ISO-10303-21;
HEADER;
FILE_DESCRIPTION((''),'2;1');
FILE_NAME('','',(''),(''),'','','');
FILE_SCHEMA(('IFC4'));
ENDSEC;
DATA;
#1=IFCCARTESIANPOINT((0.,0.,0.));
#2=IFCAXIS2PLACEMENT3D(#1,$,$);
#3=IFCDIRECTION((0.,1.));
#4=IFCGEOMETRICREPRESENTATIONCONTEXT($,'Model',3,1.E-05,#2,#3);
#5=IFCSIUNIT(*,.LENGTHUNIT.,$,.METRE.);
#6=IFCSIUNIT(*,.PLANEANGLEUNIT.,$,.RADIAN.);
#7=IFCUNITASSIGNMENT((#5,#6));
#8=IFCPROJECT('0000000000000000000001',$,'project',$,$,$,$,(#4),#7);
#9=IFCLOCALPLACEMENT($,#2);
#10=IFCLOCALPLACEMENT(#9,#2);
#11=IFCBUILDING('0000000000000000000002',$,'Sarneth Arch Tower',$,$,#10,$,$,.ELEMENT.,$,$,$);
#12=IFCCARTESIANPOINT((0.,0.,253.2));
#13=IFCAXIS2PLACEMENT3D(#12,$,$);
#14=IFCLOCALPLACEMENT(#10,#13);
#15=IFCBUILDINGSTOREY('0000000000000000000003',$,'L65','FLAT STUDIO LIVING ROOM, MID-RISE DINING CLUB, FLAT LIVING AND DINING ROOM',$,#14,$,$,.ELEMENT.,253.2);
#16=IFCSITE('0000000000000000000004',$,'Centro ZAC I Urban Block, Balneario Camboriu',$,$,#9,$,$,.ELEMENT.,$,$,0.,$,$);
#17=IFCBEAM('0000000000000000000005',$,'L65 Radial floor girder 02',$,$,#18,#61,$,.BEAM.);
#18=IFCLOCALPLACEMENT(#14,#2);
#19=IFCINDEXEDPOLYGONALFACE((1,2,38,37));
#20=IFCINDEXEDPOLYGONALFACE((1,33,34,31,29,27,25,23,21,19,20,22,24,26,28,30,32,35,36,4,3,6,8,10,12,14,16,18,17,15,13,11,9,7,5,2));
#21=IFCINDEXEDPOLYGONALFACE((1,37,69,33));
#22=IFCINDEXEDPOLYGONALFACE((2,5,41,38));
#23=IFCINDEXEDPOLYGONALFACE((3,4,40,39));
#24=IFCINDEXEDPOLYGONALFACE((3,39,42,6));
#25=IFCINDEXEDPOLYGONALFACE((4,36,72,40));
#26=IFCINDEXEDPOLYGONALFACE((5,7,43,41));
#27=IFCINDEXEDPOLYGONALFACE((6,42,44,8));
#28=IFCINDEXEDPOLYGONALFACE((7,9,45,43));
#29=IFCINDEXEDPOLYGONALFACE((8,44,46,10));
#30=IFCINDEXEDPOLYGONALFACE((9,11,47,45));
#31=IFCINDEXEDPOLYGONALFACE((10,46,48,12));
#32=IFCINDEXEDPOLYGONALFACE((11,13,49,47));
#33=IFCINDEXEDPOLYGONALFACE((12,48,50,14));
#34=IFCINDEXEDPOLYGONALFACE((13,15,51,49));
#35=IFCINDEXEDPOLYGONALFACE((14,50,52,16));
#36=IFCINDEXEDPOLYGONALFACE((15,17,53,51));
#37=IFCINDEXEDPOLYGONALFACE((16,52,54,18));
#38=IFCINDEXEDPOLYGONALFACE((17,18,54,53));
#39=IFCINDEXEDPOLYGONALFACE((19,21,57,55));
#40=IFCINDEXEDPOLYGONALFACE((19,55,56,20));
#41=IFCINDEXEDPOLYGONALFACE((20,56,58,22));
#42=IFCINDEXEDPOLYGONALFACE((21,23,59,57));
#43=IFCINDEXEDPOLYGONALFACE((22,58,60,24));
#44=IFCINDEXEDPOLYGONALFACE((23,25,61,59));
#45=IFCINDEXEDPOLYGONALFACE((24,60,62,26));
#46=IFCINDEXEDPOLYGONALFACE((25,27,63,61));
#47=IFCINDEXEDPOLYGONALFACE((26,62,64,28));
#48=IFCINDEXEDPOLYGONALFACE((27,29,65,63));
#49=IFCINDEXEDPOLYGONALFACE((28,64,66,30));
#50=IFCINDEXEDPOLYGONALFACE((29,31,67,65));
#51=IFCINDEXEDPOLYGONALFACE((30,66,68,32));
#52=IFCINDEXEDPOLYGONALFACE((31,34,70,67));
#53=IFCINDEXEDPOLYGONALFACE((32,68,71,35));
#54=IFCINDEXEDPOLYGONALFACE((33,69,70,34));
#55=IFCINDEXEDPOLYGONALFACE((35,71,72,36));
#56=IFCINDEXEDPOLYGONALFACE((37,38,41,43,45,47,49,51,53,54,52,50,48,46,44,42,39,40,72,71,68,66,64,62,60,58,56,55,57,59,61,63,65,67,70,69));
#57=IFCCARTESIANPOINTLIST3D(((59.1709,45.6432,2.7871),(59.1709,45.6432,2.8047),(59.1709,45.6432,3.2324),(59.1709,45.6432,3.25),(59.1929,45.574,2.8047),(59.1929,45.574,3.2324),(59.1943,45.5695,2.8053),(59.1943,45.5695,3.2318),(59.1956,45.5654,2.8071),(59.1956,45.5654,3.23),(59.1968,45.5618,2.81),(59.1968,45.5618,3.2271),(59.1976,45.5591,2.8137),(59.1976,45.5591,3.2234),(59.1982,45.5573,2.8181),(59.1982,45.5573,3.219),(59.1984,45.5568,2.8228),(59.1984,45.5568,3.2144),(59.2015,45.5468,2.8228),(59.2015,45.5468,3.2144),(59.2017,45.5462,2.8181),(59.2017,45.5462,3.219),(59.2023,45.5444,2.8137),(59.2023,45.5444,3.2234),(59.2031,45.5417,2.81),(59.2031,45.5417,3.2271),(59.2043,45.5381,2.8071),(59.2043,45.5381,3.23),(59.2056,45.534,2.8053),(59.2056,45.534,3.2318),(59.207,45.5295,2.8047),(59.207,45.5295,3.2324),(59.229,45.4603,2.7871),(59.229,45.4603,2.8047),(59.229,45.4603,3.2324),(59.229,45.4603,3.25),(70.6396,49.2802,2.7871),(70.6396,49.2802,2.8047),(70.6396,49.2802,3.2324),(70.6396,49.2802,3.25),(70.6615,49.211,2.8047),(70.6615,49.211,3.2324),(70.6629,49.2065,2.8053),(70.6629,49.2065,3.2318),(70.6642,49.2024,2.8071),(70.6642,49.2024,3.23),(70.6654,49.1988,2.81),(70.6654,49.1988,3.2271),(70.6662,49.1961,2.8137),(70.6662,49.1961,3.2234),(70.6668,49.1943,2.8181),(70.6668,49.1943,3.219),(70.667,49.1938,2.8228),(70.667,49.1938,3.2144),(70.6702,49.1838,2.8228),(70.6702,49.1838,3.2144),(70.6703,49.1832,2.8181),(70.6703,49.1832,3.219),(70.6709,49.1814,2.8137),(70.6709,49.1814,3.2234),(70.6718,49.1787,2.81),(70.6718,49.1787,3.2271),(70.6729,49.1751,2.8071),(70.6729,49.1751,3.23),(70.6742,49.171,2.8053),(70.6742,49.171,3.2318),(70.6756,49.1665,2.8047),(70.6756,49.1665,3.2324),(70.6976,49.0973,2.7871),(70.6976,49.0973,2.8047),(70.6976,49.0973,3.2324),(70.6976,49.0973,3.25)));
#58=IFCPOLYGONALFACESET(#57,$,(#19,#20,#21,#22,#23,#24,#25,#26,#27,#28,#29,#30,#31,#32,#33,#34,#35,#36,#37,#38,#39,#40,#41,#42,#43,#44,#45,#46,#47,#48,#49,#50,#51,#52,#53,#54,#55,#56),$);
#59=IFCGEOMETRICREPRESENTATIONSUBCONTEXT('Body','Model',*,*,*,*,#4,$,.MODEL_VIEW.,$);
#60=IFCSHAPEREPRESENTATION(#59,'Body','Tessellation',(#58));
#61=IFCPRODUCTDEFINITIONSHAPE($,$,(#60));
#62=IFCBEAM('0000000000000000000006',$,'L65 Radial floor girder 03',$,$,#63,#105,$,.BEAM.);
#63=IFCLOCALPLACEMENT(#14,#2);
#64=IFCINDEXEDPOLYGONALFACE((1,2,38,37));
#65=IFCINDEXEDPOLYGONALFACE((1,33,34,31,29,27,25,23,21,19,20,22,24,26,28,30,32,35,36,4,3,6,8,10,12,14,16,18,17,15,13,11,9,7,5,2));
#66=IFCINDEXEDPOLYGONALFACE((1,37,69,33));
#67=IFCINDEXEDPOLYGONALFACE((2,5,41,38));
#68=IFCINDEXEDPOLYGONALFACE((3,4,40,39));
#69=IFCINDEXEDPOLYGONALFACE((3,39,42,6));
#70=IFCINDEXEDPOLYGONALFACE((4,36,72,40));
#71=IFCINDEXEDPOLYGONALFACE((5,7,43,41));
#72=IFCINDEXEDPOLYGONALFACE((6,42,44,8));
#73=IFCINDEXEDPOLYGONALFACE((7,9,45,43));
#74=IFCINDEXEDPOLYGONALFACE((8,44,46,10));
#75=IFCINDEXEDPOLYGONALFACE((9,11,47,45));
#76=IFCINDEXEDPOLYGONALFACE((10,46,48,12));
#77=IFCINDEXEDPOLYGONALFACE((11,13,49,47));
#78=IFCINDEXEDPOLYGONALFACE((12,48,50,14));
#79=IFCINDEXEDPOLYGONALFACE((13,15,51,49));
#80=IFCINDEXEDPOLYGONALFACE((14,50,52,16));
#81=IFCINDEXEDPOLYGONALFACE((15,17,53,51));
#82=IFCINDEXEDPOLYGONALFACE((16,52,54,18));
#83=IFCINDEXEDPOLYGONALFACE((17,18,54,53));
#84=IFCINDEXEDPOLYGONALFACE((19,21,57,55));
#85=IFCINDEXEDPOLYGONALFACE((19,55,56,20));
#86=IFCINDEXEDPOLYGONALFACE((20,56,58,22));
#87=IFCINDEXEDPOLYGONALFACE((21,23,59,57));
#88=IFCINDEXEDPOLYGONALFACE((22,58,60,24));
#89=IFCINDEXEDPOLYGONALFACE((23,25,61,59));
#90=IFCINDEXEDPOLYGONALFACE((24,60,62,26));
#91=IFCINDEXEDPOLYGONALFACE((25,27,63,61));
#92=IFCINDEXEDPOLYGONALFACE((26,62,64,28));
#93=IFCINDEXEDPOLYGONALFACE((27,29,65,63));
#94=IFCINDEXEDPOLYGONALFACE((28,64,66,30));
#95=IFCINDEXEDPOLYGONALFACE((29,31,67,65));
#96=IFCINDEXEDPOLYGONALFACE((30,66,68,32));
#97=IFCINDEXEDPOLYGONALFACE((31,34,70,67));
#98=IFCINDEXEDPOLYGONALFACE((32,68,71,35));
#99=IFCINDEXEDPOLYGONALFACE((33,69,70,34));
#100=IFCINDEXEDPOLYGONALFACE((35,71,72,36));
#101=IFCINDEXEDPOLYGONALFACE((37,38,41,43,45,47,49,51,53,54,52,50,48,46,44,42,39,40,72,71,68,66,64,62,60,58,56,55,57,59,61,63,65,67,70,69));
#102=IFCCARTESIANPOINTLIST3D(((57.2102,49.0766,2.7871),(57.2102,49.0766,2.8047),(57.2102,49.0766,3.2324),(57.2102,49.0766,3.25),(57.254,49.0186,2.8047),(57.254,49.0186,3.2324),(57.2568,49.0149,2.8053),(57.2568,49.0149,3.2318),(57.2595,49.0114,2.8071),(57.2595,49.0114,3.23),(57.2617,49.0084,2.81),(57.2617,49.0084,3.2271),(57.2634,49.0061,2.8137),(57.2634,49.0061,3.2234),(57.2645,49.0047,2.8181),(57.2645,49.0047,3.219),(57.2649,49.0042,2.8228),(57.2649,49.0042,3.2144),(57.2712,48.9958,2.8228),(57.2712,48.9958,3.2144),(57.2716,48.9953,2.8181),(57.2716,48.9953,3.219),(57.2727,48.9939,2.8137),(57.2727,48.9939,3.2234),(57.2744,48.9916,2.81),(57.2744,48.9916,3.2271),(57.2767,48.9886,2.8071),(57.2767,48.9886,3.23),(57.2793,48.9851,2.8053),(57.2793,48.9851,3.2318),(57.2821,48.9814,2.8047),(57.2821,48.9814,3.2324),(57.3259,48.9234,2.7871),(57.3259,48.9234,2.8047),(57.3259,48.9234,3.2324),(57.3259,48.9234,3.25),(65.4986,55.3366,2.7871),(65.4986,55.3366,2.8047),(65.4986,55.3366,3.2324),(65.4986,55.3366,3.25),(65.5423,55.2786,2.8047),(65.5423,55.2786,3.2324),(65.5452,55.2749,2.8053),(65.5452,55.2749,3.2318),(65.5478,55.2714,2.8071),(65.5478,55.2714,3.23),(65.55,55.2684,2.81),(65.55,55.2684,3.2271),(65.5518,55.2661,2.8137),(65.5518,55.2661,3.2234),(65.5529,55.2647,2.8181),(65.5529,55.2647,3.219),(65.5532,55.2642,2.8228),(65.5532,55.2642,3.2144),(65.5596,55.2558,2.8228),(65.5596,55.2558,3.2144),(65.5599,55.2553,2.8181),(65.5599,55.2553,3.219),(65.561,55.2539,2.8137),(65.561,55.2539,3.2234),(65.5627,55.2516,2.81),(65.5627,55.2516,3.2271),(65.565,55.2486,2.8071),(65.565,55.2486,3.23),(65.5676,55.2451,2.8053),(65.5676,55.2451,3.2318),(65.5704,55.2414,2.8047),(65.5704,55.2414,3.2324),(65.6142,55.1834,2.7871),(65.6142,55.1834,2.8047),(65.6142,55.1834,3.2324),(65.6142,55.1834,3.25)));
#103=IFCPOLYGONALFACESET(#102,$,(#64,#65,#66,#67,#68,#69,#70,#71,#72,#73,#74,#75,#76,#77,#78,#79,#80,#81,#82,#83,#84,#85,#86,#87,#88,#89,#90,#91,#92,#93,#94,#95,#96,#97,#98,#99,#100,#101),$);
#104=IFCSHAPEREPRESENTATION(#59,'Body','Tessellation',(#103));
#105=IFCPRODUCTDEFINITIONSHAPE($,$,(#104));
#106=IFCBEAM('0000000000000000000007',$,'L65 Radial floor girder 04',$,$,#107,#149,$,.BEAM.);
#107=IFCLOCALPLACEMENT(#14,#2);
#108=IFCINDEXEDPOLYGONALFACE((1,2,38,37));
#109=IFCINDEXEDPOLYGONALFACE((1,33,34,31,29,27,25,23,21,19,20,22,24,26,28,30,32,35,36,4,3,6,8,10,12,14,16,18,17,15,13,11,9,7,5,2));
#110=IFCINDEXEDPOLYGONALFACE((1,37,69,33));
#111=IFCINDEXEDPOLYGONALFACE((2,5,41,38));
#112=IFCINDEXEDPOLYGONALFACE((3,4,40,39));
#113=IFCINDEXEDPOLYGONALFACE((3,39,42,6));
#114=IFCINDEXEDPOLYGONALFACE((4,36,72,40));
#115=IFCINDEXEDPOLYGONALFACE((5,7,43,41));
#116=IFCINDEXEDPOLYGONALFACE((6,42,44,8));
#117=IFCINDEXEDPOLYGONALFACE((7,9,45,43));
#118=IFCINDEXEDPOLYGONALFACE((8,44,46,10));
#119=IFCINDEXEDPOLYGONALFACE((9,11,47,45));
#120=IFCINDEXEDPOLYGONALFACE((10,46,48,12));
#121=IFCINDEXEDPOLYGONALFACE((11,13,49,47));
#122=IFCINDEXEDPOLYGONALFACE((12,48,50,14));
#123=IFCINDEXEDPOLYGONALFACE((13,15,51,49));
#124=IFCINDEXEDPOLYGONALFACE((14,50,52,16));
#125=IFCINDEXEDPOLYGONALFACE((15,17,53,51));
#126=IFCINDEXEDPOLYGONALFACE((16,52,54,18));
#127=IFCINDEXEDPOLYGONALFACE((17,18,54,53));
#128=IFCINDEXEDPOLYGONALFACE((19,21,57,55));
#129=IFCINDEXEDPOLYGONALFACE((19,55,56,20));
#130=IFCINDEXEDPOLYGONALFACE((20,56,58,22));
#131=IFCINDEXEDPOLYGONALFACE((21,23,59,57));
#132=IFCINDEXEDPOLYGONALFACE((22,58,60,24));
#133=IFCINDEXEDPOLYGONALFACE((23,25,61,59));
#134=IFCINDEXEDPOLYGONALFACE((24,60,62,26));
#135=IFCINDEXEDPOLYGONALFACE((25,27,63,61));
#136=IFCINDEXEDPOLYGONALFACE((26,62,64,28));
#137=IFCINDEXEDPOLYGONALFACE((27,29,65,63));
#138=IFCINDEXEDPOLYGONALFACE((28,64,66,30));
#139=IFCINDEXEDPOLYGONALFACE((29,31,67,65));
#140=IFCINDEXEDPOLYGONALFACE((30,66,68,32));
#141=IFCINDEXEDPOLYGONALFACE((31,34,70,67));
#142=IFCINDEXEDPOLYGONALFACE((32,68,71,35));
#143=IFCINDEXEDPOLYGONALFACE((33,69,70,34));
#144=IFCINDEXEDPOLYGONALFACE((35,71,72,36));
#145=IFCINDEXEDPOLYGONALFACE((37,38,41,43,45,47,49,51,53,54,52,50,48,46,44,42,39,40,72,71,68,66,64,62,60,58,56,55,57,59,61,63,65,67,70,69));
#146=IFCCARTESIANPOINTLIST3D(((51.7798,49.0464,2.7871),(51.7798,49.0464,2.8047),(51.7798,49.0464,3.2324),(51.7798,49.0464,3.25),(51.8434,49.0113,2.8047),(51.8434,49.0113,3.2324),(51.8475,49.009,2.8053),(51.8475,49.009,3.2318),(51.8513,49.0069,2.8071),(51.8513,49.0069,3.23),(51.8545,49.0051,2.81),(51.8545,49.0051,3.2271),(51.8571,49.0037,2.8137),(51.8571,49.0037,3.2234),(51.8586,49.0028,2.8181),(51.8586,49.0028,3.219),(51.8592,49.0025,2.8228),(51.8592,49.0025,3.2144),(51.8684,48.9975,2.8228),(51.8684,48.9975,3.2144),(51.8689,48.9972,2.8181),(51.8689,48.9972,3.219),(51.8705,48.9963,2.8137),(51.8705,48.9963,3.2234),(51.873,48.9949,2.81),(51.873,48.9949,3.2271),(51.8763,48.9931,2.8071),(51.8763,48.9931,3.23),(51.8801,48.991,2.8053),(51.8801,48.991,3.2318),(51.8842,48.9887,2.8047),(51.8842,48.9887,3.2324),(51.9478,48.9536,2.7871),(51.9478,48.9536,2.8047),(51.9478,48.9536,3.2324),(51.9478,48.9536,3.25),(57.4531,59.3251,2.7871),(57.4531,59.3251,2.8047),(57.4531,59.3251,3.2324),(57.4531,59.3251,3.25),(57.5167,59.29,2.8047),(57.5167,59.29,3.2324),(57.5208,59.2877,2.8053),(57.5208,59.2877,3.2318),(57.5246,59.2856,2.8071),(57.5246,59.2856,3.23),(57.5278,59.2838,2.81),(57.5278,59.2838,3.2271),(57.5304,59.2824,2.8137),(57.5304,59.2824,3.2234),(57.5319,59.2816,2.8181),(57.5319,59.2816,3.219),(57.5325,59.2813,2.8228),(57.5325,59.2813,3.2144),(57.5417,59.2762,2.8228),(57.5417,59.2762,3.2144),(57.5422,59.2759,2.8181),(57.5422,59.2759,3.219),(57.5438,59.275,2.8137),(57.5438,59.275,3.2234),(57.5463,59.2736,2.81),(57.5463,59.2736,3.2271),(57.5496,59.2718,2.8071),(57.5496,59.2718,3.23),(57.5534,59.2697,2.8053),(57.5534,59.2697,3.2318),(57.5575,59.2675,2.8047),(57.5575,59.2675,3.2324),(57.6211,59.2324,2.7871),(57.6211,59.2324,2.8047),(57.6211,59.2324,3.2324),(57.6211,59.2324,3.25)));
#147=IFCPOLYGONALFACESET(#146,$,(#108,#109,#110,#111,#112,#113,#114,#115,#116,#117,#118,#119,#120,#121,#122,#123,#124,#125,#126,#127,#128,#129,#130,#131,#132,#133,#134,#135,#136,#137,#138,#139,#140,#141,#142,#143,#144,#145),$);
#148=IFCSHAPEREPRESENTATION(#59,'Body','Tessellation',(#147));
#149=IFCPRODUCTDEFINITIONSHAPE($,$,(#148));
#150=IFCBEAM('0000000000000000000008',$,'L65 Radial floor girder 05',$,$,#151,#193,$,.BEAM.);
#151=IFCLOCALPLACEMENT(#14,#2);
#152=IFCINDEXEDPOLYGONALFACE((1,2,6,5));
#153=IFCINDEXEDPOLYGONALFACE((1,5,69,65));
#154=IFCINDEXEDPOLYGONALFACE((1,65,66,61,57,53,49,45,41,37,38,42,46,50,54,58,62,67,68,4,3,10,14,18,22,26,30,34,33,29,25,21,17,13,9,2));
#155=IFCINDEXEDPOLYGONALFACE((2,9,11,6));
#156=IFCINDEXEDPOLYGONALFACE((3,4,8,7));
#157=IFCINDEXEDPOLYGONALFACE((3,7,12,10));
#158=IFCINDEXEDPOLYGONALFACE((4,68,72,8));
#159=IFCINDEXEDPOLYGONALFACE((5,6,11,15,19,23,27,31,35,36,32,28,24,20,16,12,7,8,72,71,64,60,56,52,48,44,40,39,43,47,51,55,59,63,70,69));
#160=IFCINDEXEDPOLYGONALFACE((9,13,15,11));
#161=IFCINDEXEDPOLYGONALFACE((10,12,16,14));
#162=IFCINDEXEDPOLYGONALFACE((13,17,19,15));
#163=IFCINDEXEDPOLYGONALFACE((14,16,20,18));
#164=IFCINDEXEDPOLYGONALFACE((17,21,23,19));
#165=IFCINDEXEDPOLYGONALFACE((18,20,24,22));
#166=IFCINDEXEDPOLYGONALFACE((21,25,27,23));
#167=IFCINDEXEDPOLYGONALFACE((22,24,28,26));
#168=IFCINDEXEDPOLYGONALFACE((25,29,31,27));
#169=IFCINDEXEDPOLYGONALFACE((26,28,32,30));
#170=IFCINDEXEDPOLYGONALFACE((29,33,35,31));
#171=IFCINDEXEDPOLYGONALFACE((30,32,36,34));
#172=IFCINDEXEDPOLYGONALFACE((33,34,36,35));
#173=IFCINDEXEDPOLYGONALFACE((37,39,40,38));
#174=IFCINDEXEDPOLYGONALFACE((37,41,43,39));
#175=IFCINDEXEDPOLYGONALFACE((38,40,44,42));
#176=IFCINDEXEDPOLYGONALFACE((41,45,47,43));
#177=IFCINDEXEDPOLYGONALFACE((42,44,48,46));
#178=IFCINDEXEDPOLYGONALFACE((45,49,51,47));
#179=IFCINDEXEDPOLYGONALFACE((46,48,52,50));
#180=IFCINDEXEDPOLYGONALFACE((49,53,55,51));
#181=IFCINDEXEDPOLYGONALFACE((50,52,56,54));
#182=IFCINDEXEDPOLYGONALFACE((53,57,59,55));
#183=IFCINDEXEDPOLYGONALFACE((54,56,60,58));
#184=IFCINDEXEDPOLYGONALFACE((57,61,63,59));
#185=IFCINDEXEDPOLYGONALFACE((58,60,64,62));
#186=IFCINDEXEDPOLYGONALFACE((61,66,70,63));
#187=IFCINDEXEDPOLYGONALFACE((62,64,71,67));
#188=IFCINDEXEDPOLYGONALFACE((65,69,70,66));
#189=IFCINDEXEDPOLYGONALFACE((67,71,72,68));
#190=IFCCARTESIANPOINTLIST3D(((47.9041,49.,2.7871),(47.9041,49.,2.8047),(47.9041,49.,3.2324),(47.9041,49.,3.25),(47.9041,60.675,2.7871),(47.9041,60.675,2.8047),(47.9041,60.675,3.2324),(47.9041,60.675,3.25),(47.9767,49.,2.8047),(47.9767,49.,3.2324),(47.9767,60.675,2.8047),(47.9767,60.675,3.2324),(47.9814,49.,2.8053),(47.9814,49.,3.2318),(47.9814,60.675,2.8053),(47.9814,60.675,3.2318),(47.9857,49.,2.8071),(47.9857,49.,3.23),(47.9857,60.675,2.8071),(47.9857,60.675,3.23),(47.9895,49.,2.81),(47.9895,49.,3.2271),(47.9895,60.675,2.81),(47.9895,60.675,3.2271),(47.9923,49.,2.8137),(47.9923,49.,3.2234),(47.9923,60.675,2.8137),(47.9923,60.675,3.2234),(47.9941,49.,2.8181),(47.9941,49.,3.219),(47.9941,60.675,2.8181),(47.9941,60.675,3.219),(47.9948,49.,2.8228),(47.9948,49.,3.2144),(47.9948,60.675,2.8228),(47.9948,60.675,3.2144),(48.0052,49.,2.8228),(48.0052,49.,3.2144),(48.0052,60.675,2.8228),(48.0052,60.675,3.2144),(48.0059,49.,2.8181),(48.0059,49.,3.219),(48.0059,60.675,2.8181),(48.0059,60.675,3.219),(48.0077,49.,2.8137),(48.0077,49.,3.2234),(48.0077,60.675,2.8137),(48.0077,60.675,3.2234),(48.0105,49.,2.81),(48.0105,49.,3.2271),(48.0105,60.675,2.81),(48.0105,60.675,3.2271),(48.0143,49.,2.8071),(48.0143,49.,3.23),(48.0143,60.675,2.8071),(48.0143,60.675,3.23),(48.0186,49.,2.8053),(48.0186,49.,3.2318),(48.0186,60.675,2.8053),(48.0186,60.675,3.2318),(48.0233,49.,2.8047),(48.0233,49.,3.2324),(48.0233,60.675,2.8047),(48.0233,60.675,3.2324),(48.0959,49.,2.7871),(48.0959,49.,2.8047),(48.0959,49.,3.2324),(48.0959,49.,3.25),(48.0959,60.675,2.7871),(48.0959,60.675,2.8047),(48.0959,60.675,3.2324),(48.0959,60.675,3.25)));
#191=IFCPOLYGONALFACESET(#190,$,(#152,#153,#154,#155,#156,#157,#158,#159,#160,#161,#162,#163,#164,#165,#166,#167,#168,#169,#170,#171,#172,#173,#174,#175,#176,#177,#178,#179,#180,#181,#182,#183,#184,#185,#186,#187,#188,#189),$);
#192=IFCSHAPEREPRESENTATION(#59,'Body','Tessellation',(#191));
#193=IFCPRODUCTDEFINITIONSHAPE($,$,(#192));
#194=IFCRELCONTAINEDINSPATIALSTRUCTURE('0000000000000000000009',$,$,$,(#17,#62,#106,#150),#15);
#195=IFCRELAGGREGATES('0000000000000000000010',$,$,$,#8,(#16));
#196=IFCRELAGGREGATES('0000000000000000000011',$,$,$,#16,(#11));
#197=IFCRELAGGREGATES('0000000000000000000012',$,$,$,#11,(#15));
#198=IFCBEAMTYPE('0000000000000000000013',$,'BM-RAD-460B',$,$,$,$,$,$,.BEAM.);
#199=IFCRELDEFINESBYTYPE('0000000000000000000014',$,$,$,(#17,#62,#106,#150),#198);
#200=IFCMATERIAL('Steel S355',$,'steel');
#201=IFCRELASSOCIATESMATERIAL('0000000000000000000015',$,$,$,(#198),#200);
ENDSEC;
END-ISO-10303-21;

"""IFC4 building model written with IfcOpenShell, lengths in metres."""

from ifc_helpers import new_model, si_unit, direction, frame, origin, origin_2d, place, context, subcontext, project, spatial, i_section, extrude, material, material_profile, profile_set, type_object, element, save


model = new_model("IFC4")

# Units and contexts
model_context = context("Model", 3, precision=1e-05, world=origin(), true_north=direction((0.0, 1.0)))
body_context = subcontext(model_context, "Body", "Model", "MODEL_VIEW")
ifc_project = project(units=[si_unit("LENGTHUNIT", "METRE"), si_unit("PLANEANGLEUNIT", "RADIAN")], contexts=[model_context])

# Site, building, storey
site_placement = place(None, origin())
site = spatial("IfcSite", under=ifc_project, at=site_placement, Name="Centro ZAC I Urban Block, Balneario Camboriu", CompositionType="ELEMENT", RefElevation=0.0)
building_placement = place(site_placement, origin())
building = spatial("IfcBuilding", under=site, at=building_placement, Name="Sarneth Arch Tower", CompositionType="ELEMENT")
storey_placement = place(building_placement, frame((0.0, 0.0, 253.2)))
storey = spatial("IfcBuildingStorey", under=building, at=storey_placement, Name="L65", Description="FLAT STUDIO LIVING ROOM, MID-RISE DINING CLUB, FLAT LIVING AND DINING ROOM", CompositionType="ELEMENT", Elevation=253.2)

# Beams
ifc_material_1 = material(Name="Steel S355", Category="steel")
ifc_material_profile_1 = material_profile(ifc_material_1, i_section(OverallWidth=0.1919, OverallDepth=0.4629, WebThickness=0.0105, FlangeThickness=0.0176, FilletRadius=0.0181, at=origin_2d()), Name="W460x89")
ifc_profile_set_1 = profile_set([ifc_material_profile_1], Name="Steel S355")
beam_type_1 = type_object("IfcBeamType", Name="BM-RAD-460B", PredefinedType="BEAM", material=ifc_profile_set_1)
beam_1_placement = place(storey_placement, frame((59.2, 45.5518, 3.0186), z_axis=(0.953216, 0.30229, 0.0), x_axis=(-0.30229, 0.953216, 0.0)))
element("IfcBeam", 1, at=beam_1_placement, inside=storey, type_object=beam_type_1, Name="L65 Radial floor girder 02", PredefinedType="BEAM", context=body_context, shape_type="SweptSolid", body=[
    extrude(i_section(OverallWidth=0.1919, OverallDepth=0.4629, WebThickness=0.0105, FlangeThickness=0.0176, FilletRadius=0.0181, at=origin_2d()), origin(), (0.0, 0.0, 1.0), 12.0315),
])
beam_2_placement = place(storey_placement, frame((57.2681, 49.0, 3.0186), z_axis=(0.797973, 0.602693, 0.0), x_axis=(-0.602693, 0.797973, 0.0)))
element("IfcBeam", 2, at=beam_2_placement, inside=storey, type_object=beam_type_1, Name="L65 Radial floor girder 03", PredefinedType="BEAM", context=body_context, shape_type="SweptSolid", body=[
    extrude(i_section(OverallWidth=0.1919, OverallDepth=0.4629, WebThickness=0.0105, FlangeThickness=0.0176, FilletRadius=0.0181, at=origin_2d()), origin(), (0.0, 0.0, 1.0), 10.3867),
])
beam_3_placement = place(storey_placement, frame((51.8638, 49.0, 3.0186), z_axis=(0.483226, 0.875496, 0.0), x_axis=(-0.875496, 0.483226, 0.0)))
element("IfcBeam", 3, at=beam_3_placement, inside=storey, type_object=beam_type_1, Name="L65 Radial floor girder 04", PredefinedType="BEAM", context=body_context, shape_type="SweptSolid", body=[
    extrude(i_section(OverallWidth=0.1919, OverallDepth=0.4629, WebThickness=0.0105, FlangeThickness=0.0176, FilletRadius=0.0181, at=origin_2d()), origin(), (0.0, 0.0, 1.0), 11.7405),
])
beam_4_placement = place(storey_placement, frame((48.0, 49.0, 3.0186), z_axis=(0.0, 1.0, 0.0), x_axis=(-1.0, 0.0, 0.0)))
element("IfcBeam", 4, at=beam_4_placement, inside=storey, type_object=beam_type_1, Name="L65 Radial floor girder 05", PredefinedType="BEAM", context=body_context, shape_type="SweptSolid", body=[
    extrude(i_section(OverallWidth=0.1919, OverallDepth=0.4629, WebThickness=0.0105, FlangeThickness=0.0176, FilletRadius=0.0181, at=origin_2d()), origin(), (0.0, 0.0, 1.0), 11.675),
])

save(model, "model.ifc")
